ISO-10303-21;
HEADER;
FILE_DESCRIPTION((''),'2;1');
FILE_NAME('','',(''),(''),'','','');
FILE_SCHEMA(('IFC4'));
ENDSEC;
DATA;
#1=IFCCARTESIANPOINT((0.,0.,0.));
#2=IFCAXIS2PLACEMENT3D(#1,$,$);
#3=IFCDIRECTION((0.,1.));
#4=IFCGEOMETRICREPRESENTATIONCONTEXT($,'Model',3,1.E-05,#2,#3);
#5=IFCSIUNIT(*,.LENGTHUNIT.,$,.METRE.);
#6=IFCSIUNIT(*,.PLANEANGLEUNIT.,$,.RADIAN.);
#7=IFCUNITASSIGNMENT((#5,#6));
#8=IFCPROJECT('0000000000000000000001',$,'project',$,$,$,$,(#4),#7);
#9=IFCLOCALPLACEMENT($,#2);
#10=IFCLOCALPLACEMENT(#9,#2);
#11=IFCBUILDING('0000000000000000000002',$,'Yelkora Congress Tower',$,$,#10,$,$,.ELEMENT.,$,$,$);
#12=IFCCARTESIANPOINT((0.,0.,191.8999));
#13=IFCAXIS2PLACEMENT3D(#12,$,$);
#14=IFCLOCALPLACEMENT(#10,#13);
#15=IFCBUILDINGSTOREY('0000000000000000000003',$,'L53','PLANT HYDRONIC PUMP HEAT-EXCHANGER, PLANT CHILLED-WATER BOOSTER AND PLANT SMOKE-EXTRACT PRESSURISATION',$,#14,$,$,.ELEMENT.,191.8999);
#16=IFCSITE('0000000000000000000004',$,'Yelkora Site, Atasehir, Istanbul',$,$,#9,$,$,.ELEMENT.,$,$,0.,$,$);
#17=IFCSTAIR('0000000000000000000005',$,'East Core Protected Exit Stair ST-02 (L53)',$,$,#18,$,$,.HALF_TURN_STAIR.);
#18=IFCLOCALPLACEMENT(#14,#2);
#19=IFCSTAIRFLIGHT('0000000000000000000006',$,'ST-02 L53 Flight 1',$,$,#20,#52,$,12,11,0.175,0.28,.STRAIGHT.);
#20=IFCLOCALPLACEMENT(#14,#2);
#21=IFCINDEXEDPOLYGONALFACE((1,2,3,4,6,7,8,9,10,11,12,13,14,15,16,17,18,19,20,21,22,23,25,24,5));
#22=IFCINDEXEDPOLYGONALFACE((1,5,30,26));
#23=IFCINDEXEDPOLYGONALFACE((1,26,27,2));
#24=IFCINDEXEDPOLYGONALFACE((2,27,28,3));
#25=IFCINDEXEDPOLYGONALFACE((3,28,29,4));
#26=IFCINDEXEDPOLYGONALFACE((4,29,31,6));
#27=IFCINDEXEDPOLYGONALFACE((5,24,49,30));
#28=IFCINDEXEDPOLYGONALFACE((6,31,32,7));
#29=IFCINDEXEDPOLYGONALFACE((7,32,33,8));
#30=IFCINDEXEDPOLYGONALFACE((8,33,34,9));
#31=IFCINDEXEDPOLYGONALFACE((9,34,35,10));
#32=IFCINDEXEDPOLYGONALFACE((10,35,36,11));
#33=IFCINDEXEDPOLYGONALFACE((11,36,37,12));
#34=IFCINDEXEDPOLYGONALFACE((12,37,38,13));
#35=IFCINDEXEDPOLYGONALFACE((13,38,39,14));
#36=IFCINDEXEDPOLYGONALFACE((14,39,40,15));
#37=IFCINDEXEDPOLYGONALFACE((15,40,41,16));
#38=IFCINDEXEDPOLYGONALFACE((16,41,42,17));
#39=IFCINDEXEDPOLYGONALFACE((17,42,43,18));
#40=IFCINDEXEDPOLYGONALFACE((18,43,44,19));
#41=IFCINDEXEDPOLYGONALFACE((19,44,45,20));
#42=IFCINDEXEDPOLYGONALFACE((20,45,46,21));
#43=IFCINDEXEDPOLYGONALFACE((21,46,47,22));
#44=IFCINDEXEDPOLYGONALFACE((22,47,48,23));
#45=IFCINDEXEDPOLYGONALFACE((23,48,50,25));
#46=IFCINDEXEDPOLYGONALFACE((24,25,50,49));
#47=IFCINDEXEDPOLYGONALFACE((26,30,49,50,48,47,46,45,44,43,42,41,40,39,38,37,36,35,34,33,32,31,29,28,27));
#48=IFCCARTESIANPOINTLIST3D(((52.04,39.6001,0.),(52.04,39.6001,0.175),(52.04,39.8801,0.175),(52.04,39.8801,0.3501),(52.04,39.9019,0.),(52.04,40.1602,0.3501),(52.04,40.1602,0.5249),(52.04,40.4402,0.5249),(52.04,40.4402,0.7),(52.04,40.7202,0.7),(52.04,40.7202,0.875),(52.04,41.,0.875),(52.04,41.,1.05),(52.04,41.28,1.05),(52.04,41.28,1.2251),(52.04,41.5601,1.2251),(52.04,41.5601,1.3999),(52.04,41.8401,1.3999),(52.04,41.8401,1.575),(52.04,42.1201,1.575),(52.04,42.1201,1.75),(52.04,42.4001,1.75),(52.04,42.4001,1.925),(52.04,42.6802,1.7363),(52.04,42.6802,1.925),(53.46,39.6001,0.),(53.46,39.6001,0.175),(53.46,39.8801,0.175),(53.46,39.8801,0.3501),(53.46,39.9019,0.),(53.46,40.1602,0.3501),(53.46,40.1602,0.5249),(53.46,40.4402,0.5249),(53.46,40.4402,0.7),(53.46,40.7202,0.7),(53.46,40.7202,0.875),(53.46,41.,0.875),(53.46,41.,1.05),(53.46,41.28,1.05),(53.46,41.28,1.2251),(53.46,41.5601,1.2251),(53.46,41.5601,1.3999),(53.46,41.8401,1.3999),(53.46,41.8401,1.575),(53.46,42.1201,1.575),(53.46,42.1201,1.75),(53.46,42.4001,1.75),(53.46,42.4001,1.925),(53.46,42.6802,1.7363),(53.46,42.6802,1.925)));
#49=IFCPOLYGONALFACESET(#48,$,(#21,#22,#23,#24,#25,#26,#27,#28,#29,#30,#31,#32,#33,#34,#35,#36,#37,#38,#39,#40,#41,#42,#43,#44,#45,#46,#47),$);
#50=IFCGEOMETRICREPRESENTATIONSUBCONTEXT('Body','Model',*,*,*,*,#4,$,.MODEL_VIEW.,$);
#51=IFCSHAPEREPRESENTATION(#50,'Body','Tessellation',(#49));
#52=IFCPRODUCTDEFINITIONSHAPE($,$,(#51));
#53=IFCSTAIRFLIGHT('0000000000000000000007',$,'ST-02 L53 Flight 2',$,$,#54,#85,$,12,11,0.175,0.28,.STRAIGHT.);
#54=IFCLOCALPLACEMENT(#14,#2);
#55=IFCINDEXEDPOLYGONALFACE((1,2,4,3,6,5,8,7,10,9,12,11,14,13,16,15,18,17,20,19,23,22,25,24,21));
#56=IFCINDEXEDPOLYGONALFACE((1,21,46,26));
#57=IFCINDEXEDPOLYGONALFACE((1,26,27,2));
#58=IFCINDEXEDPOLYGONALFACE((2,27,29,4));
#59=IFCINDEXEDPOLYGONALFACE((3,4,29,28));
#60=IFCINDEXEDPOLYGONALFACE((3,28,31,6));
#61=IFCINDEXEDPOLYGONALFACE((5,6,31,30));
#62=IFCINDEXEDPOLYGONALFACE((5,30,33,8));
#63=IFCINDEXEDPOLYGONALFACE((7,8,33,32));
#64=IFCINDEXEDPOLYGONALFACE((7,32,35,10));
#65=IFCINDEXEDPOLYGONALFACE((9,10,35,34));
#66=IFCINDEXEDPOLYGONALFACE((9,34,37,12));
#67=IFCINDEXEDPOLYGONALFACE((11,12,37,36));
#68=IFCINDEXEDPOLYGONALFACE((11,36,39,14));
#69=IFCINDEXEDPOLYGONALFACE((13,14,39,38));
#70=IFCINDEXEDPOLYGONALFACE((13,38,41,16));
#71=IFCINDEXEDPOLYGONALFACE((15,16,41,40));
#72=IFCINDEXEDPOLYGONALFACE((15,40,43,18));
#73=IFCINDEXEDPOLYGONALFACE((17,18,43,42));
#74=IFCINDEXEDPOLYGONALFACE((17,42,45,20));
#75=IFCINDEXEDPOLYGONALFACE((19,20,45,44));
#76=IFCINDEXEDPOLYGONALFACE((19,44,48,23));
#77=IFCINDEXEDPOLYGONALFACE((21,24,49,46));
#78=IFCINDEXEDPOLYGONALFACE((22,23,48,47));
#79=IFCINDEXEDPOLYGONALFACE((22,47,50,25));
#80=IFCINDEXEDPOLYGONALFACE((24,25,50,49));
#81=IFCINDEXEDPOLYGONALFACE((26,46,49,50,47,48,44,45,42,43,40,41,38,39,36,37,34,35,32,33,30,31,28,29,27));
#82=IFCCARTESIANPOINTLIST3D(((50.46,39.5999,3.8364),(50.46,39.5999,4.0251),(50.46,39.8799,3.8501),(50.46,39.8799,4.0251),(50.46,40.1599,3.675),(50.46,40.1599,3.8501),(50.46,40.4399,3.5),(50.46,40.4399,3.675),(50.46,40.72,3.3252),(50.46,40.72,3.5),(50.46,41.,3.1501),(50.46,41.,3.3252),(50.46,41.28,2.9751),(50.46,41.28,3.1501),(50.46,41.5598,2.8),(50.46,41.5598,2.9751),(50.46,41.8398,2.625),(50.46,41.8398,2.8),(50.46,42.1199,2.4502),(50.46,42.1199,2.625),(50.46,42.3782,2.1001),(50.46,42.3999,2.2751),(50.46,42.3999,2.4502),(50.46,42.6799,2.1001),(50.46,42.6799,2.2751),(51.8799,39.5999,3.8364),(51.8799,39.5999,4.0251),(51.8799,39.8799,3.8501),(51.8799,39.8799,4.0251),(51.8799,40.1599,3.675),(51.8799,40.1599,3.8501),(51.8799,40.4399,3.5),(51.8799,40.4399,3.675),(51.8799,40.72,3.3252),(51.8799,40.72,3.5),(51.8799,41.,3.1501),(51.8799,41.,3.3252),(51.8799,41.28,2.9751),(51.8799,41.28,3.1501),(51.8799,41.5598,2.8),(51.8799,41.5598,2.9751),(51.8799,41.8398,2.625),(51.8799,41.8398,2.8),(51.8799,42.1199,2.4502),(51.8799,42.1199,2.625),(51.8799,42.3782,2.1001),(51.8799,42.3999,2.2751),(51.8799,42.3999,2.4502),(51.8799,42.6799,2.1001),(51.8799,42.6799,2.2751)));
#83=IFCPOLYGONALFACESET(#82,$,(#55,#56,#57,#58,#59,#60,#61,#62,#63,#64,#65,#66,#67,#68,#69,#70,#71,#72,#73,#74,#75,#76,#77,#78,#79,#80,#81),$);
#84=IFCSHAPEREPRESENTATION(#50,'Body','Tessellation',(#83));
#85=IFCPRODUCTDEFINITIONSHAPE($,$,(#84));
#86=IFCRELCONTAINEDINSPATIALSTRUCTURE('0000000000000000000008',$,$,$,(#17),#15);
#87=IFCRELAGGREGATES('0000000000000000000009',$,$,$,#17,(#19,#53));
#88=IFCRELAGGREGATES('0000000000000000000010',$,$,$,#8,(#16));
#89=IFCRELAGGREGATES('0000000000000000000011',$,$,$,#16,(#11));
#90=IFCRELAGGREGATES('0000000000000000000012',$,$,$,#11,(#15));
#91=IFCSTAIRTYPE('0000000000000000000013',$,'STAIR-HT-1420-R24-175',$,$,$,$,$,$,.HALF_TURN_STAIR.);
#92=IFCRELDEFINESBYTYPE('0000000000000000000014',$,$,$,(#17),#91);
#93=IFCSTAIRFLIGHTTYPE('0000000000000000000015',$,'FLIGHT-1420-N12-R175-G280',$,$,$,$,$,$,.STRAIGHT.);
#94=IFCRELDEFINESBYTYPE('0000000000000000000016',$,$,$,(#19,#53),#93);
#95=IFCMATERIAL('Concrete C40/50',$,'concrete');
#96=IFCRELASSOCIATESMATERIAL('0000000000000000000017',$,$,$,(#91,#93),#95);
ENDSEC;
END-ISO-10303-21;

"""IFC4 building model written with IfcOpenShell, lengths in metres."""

from ifc_helpers import new_model, si_unit, direction, frame, origin, place, context, subcontext, project, spatial, polyline, outline, extrude, material, type_object, element, aggregate, save


model = new_model("IFC4")

# Units and contexts
model_context = context("Model", 3, precision=1e-05, world=origin(), true_north=direction((0.0, 1.0)))
body_context = subcontext(model_context, "Body", "Model", "MODEL_VIEW")
ifc_project = project(units=[si_unit("LENGTHUNIT", "METRE"), si_unit("PLANEANGLEUNIT", "RADIAN")], contexts=[model_context])

# Site, building, storey
site_placement = place(None, origin())
site = spatial("IfcSite", under=ifc_project, at=site_placement, Name="Yelkora Site, Atasehir, Istanbul", CompositionType="ELEMENT", RefElevation=0.0)
building_placement = place(site_placement, origin())
building = spatial("IfcBuilding", under=site, at=building_placement, Name="Yelkora Congress Tower", CompositionType="ELEMENT")
storey_placement = place(building_placement, frame((0.0, 0.0, 191.8999)))
storey = spatial("IfcBuildingStorey", under=building, at=storey_placement, Name="L53", Description="PLANT HYDRONIC PUMP HEAT-EXCHANGER, PLANT CHILLED-WATER BOOSTER AND PLANT SMOKE-EXTRACT PRESSURISATION", CompositionType="ELEMENT", Elevation=191.8999)

# Stair, stair flights
ifc_material_1 = material(Name="Concrete C40/50", Category="concrete")
stair_type = type_object("IfcStairType", Name="STAIR-HT-1420-R24-175", PredefinedType="HALF_TURN_STAIR", material=ifc_material_1)
stair_placement = place(storey_placement, origin())
stair = element("IfcStair", 1, at=stair_placement, inside=storey, type_object=stair_type, Name="East Core Protected Exit Stair ST-02 (L53)", PredefinedType="HALF_TURN_STAIR")
stair_flight_type = type_object("IfcStairFlightType", Name="FLIGHT-1420-N12-R175-G280", PredefinedType="STRAIGHT", material=ifc_material_1)
stair_flight_1_placement = place(storey_placement, frame((52.75, 39.6001, 0.0), z_axis=(0.0, 0.0, 1.0), x_axis=(0.0, 1.0, 0.0)))
stair_flight_1 = element("IfcStairFlight", 2, at=stair_flight_1_placement, type_object=stair_flight_type, Name="ST-02 L53 Flight 1", NumberOfRisers=12, NumberOfTreads=11, PredefinedType="STRAIGHT", RiserHeight=0.175, TreadLength=0.28, context=body_context, shape_type="SweptSolid", body=[
    extrude(outline(polyline([(0.0, 0.0), (0.0, 0.175), (0.28, 0.175), (0.28, 0.3501), (0.5601, 0.3501), (0.5601, 0.5249), (0.8401, 0.5249), (0.8401, 0.7), (1.1201, 0.7), (1.1201, 0.875), (1.3999, 0.875), (1.3999, 1.05), (1.6799, 1.05), (1.6799, 1.2251), (1.96, 1.2251), (1.96, 1.3999), (2.24, 1.3999), (2.24, 1.575), (2.52, 1.575), (2.52, 1.75), (2.8, 1.75), (2.8, 1.925), (3.0801, 1.925), (3.0801, 2.1001), (3.0801, 1.7363), (0.3018, 0.0), (0.0, 0.0)])), frame((0.0, 0.71, 0.0), z_axis=(0.0, -1.0, 0.0), x_axis=(1.0, 0.0, 0.0)), (0.0, 0.0, 1.0), 1.4199),
])
stair_flight_2_placement = place(storey_placement, frame((51.1699, 42.6799, 2.1001), z_axis=(0.0, 0.0, 1.0), x_axis=(0.0, -1.0, 0.0)))
stair_flight_2 = element("IfcStairFlight", 3, at=stair_flight_2_placement, type_object=stair_flight_type, Name="ST-02 L53 Flight 2", NumberOfRisers=12, NumberOfTreads=11, PredefinedType="STRAIGHT", RiserHeight=0.175, TreadLength=0.28, context=body_context, shape_type="SweptSolid", body=[
    extrude(outline(polyline([(0.0, 0.0), (0.0, 0.175), (0.28, 0.175), (0.28, 0.3501), (0.5601, 0.3501), (0.5601, 0.5249), (0.8401, 0.5249), (0.8401, 0.7), (1.1201, 0.7), (1.1201, 0.875), (1.3999, 0.875), (1.3999, 1.05), (1.6799, 1.05), (1.6799, 1.2251), (1.96, 1.2251), (1.96, 1.3999), (2.24, 1.3999), (2.24, 1.575), (2.52, 1.575), (2.52, 1.75), (2.8, 1.75), (2.8, 1.925), (3.0801, 1.925), (3.0801, 2.1001), (3.0801, 1.7363), (0.3018, 0.0), (0.0, 0.0)])), frame((0.0, 0.71, 0.0), z_axis=(0.0, -1.0, 0.0), x_axis=(1.0, 0.0, 0.0)), (0.0, 0.0, 1.0), 1.4199),
])
aggregate(stair, [stair_flight_1, stair_flight_2])

save(model, "model.ifc")
